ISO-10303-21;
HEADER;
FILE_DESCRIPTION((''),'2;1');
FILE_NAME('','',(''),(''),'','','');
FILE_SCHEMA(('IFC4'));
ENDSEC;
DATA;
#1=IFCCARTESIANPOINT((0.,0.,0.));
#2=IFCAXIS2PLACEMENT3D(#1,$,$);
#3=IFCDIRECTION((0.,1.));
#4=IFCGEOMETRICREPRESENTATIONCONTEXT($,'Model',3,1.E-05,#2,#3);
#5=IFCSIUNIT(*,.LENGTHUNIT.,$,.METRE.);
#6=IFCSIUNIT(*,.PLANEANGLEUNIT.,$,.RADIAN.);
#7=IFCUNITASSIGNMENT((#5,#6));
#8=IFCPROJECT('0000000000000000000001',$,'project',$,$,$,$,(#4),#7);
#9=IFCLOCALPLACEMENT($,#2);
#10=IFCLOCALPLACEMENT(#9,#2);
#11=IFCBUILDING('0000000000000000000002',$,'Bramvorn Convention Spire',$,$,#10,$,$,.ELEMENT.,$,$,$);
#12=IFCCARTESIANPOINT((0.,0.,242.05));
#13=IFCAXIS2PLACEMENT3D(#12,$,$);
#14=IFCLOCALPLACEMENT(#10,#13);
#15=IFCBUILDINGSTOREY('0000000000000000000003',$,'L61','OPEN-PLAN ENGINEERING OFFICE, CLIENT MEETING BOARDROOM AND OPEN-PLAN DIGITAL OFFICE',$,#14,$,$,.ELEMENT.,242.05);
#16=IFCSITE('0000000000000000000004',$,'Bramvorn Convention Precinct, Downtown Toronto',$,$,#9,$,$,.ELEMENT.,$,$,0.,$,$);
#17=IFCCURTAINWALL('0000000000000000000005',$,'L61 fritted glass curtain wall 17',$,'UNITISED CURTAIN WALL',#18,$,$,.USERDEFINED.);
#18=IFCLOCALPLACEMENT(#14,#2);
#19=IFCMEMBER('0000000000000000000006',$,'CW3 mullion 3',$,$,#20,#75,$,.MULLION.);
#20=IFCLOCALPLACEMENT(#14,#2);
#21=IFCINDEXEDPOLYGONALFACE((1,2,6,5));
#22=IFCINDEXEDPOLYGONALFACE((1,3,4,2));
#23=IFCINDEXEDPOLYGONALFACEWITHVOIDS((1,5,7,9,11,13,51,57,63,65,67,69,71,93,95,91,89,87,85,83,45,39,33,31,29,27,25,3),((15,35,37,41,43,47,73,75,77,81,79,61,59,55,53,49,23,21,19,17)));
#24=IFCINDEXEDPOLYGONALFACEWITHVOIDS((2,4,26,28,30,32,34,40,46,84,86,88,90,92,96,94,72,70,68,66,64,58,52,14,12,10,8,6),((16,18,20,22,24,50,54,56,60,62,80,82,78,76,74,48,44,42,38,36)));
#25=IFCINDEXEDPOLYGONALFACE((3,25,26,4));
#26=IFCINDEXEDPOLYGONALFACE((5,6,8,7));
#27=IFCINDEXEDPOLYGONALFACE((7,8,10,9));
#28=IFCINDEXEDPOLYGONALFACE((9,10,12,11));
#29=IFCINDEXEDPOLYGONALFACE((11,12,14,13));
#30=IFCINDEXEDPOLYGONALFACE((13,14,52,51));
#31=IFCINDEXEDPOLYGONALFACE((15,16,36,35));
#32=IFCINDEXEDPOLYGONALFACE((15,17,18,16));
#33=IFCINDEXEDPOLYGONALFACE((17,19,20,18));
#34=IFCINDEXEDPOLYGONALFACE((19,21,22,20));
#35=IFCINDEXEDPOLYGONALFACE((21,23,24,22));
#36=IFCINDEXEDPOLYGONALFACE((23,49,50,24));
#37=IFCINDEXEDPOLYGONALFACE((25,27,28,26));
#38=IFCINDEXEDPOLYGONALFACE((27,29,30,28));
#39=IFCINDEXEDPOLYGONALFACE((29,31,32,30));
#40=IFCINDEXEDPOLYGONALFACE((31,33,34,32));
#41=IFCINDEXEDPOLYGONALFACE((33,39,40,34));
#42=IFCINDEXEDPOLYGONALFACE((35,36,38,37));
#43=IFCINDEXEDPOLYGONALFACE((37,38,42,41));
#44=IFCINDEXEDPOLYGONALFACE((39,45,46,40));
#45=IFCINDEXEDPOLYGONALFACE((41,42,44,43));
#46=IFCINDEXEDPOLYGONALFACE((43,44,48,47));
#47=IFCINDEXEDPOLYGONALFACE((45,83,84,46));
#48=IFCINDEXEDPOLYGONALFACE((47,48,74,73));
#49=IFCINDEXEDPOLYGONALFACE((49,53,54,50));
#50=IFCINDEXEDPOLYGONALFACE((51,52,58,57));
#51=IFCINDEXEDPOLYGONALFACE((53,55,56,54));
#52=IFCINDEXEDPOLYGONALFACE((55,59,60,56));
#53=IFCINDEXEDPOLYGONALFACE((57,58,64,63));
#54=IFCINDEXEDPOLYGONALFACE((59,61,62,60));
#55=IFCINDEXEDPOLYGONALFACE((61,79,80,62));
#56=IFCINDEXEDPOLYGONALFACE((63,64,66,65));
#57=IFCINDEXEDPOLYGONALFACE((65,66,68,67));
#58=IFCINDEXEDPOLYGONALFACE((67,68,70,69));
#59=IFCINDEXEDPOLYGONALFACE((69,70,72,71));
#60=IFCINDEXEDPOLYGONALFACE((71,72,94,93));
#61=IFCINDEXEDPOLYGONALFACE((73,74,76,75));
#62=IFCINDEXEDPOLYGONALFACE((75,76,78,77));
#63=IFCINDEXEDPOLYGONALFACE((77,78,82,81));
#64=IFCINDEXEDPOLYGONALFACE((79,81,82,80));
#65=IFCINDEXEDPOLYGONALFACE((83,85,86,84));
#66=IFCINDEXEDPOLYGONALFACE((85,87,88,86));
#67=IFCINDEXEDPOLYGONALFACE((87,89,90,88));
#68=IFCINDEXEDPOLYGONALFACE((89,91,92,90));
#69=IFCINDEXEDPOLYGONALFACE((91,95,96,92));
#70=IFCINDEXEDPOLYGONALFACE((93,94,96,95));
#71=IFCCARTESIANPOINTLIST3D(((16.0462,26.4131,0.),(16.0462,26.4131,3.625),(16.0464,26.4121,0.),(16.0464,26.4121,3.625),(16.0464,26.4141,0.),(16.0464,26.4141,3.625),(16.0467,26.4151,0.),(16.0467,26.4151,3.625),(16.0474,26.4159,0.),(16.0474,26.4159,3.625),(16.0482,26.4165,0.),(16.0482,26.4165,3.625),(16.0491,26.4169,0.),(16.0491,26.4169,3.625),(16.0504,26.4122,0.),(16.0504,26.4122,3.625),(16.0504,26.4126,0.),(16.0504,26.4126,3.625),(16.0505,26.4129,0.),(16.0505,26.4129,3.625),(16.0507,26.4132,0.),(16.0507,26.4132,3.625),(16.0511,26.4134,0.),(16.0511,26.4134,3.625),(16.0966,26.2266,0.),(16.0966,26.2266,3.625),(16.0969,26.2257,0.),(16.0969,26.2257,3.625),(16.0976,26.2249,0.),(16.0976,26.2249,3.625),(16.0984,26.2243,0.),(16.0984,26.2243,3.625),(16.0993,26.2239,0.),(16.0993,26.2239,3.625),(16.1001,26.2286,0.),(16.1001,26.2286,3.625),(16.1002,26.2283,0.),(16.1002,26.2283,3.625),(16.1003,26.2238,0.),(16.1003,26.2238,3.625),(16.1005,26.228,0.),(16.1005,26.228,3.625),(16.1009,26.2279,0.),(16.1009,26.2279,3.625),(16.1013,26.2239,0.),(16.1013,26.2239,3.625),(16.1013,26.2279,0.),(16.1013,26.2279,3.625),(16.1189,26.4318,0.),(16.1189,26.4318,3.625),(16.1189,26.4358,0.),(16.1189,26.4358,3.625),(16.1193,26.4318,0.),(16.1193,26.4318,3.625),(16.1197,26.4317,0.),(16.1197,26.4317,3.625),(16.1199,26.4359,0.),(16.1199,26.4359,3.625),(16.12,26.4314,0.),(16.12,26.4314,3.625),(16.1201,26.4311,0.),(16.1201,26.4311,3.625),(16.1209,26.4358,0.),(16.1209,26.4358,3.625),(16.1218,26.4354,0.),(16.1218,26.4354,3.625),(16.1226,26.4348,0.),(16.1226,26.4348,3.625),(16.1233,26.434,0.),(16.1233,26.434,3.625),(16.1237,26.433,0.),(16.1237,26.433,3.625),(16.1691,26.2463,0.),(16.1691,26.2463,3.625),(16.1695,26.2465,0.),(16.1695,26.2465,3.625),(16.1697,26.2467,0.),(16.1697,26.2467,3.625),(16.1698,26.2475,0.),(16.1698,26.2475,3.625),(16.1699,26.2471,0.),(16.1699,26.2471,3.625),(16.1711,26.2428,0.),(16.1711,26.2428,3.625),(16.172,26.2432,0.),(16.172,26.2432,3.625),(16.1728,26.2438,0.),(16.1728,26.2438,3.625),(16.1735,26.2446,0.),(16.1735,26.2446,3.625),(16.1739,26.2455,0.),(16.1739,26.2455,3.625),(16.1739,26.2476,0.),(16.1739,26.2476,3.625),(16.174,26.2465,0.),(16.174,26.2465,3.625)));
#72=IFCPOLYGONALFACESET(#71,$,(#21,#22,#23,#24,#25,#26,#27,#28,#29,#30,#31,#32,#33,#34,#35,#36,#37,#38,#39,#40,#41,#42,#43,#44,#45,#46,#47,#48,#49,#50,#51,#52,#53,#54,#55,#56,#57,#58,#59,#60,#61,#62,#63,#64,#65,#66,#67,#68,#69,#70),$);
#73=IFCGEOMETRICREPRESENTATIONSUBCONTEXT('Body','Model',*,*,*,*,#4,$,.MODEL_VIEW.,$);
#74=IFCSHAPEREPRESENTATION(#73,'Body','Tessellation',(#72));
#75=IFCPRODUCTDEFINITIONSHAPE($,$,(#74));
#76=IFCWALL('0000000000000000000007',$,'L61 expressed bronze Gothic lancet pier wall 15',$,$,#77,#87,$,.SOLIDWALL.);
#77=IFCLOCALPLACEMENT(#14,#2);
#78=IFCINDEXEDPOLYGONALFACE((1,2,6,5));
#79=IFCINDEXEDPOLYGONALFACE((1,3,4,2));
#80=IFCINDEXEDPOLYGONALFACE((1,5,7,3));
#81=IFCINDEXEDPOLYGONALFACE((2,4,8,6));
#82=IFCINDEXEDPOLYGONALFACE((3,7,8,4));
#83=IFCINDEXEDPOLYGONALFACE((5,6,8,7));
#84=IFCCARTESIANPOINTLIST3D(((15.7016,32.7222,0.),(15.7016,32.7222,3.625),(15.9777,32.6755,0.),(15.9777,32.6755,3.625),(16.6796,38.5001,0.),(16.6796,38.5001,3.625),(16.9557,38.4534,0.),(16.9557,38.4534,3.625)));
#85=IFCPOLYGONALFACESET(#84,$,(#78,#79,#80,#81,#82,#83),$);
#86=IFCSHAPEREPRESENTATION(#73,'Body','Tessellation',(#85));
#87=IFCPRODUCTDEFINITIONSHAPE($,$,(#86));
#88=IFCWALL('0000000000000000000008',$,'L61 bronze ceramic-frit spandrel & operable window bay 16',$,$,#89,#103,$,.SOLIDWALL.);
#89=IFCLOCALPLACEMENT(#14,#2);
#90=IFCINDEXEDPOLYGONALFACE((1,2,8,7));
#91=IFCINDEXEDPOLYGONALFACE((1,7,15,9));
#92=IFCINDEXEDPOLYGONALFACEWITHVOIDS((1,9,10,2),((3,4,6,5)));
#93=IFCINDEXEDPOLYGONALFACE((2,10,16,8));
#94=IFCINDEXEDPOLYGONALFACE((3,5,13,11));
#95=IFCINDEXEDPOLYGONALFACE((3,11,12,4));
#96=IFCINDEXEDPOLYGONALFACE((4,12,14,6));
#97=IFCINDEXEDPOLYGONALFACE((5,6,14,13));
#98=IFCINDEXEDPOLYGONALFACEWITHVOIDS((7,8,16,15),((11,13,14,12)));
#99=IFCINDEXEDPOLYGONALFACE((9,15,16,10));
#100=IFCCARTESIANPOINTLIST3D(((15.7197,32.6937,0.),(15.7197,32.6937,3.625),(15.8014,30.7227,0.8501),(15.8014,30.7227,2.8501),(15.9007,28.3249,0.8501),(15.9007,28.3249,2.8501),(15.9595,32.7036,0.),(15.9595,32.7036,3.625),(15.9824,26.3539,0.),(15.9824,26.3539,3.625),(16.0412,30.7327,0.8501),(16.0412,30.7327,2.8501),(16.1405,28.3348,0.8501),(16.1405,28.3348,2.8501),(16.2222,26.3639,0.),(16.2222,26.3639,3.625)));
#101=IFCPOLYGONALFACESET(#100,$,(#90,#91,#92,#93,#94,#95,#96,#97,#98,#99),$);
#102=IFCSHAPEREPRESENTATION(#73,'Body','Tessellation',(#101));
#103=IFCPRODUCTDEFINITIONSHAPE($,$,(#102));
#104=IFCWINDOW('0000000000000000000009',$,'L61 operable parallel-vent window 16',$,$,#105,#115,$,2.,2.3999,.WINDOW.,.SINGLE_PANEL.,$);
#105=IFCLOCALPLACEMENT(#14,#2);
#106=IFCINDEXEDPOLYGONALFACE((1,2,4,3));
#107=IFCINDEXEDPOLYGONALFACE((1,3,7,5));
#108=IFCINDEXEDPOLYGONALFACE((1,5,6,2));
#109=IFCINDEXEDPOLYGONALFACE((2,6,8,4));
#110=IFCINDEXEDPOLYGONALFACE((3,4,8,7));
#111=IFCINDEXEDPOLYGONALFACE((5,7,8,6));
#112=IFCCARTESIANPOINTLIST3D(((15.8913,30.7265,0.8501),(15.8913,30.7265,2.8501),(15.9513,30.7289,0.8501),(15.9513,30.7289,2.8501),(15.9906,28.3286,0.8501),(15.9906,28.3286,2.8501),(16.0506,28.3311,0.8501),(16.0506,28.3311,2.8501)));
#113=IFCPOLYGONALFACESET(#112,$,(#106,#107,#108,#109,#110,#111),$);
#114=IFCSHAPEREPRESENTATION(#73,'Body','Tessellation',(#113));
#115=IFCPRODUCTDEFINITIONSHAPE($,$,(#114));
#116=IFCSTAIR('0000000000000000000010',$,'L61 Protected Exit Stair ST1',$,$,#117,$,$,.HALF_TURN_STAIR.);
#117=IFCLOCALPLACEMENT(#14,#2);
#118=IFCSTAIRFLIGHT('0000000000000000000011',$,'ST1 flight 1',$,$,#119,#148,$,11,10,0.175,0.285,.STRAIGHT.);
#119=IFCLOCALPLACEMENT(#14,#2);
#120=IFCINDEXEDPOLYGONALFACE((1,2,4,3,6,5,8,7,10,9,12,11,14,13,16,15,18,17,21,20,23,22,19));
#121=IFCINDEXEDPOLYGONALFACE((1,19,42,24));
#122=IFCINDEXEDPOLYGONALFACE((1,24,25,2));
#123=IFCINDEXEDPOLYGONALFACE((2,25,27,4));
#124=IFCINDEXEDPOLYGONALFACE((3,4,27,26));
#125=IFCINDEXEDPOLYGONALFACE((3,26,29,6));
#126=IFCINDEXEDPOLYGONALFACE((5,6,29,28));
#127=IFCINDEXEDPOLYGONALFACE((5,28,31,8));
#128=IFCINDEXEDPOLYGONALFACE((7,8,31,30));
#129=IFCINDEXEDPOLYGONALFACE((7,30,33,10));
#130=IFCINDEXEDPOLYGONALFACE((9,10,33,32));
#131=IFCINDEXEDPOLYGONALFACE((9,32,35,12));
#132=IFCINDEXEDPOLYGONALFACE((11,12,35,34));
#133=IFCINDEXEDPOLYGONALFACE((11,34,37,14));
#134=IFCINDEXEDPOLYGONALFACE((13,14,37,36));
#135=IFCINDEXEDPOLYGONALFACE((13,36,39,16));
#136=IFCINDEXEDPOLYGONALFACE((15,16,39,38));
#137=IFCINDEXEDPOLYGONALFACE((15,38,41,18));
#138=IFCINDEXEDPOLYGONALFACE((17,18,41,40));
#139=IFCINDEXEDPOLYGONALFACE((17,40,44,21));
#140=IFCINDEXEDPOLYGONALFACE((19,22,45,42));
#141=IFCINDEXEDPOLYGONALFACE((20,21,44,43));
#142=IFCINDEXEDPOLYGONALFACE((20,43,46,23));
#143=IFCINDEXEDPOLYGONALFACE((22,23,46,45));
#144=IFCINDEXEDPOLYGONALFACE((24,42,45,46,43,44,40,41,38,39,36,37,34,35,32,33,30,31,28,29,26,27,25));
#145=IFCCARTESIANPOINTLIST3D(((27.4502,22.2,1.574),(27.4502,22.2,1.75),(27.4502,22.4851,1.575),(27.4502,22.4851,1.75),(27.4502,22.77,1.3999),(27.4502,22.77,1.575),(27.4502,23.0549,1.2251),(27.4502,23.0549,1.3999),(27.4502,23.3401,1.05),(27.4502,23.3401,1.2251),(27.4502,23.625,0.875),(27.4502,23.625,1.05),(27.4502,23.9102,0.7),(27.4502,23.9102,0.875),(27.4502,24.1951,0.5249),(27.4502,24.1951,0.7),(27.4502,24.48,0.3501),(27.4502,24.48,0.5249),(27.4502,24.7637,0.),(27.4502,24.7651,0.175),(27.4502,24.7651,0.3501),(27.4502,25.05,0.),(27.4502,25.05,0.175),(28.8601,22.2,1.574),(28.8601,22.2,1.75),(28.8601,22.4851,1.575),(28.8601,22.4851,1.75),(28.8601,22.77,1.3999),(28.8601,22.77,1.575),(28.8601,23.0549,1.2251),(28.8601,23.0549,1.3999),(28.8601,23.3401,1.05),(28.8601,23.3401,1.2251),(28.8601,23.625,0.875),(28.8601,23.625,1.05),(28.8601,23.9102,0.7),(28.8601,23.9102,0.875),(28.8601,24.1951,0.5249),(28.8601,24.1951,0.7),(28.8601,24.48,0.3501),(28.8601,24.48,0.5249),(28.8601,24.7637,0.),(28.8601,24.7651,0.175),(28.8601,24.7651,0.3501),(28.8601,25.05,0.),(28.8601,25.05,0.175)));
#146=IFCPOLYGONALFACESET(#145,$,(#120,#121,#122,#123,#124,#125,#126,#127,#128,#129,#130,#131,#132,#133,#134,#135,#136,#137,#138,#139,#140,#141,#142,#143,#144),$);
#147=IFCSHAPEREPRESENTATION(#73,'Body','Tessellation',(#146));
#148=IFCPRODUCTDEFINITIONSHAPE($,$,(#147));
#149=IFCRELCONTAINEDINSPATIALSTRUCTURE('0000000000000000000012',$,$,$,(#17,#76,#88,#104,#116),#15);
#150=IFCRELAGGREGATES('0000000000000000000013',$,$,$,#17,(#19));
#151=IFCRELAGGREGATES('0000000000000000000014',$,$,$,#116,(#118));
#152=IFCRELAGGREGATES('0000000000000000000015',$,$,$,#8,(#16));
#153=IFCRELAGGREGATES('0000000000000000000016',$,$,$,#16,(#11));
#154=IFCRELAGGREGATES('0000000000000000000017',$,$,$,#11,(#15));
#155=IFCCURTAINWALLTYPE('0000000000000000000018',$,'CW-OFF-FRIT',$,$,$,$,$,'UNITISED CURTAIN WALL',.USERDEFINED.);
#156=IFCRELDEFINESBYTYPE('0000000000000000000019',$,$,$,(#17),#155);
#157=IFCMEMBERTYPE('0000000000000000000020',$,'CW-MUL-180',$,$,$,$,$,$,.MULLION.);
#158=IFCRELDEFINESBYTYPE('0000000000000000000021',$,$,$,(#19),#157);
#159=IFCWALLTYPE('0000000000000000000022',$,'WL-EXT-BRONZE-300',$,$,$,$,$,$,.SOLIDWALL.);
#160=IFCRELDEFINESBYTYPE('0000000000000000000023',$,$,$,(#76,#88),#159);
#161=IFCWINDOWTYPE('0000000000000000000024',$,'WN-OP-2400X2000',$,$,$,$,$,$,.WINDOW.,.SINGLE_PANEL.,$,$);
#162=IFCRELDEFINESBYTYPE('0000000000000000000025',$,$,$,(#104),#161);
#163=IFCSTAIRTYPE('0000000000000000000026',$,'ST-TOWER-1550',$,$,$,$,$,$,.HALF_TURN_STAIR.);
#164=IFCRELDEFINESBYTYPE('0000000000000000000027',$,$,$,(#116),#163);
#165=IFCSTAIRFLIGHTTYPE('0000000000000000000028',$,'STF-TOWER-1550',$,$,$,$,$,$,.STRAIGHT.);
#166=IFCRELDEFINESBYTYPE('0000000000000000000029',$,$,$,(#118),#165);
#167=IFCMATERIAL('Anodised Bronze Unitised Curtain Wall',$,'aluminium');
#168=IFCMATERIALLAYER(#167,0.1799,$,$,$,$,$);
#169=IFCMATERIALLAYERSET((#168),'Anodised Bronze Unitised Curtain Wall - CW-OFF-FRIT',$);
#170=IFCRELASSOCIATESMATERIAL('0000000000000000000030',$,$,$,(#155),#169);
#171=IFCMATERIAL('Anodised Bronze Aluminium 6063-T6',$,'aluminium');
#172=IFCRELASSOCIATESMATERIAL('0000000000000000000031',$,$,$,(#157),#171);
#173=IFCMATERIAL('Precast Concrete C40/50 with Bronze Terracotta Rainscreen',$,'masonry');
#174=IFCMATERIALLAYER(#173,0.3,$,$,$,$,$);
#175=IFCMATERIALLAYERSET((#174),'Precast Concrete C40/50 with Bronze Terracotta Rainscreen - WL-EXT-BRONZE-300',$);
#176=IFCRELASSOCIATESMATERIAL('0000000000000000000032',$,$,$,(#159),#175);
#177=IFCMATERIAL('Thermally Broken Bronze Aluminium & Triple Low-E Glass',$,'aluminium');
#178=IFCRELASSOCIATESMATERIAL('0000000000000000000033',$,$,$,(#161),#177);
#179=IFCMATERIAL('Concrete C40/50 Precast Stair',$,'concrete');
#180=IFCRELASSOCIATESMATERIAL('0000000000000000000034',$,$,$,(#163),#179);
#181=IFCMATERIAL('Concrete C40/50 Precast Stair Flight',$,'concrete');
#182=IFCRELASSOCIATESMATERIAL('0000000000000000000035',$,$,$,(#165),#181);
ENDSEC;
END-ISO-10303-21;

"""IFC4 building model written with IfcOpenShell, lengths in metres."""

from ifc_helpers import new_model, si_unit, direction, frame, frame_2d, origin, origin_2d, place, context, subcontext, project, spatial, polyline, rectangle, hollow_rectangle, outline, extrude, material, layer, layer_set, material_profile, profile_set, type_object, element, fill, aggregate, save


model = new_model("IFC4")

# Units and contexts
model_context = context("Model", 3, precision=1e-05, world=origin(), true_north=direction((0.0, 1.0)))
body_context = subcontext(model_context, "Body", "Model", "MODEL_VIEW")
ifc_project = project(units=[si_unit("LENGTHUNIT", "METRE"), si_unit("PLANEANGLEUNIT", "RADIAN")], contexts=[model_context])

# Site, building, storey
site_placement = place(None, origin())
site = spatial("IfcSite", under=ifc_project, at=site_placement, Name="Bramvorn Convention Precinct, Downtown Toronto", CompositionType="ELEMENT", RefElevation=0.0)
building_placement = place(site_placement, origin())
building = spatial("IfcBuilding", under=site, at=building_placement, Name="Bramvorn Convention Spire", CompositionType="ELEMENT")
storey_placement = place(building_placement, frame((0.0, 0.0, 242.05)))
storey = spatial("IfcBuildingStorey", under=building, at=storey_placement, Name="L61", Description="OPEN-PLAN ENGINEERING OFFICE, CLIENT MEETING BOARDROOM AND OPEN-PLAN DIGITAL OFFICE", CompositionType="ELEMENT", Elevation=242.05)

# Curtain wall, member
ifc_material_1 = material(Name="Anodised Bronze Unitised Curtain Wall", Category="aluminium")
ifc_layer_1 = layer(ifc_material_1, 0.1799)
ifc_layer_set_1 = layer_set([ifc_layer_1], Name="Anodised Bronze Unitised Curtain Wall - CW-OFF-FRIT")
curtain_wall_type = type_object("IfcCurtainWallType", Name="CW-OFF-FRIT", ElementType="UNITISED CURTAIN WALL", PredefinedType="USERDEFINED", material=ifc_layer_set_1)
curtain_wall_placement = place(storey_placement, origin())
curtain_wall = element("IfcCurtainWall", 1, at=curtain_wall_placement, inside=storey, type_object=curtain_wall_type, Name="L61 fritted glass curtain wall 17", ObjectType="UNITISED CURTAIN WALL", PredefinedType="USERDEFINED")
ifc_material_2 = material(Name="Anodised Bronze Aluminium 6063-T6", Category="aluminium")
ifc_material_profile_1 = material_profile(ifc_material_2, hollow_rectangle(XDim=0.0801, YDim=0.2, WallThickness=0.0039, InnerFilletRadius=0.001, OuterFilletRadius=0.0039, at=origin_2d()))
ifc_profile_set_1 = profile_set([ifc_material_profile_1], Name="Anodised Bronze Aluminium 6063-T6 - CWM80X200")
member_type = type_object("IfcMemberType", Name="CW-MUL-180", PredefinedType="MULLION", material=ifc_profile_set_1)
member_placement = place(storey_placement, frame((16.1101, 26.3298, 0.0), z_axis=(0.0, 0.0, 1.0), x_axis=(-0.965282, -0.26121, 0.0)))
member = element("IfcMember", 2, at=member_placement, type_object=member_type, Name="CW3 mullion 3", PredefinedType="MULLION", context=body_context, shape_type="SweptSolid", body=[
    extrude(hollow_rectangle(XDim=0.0801, YDim=0.2, WallThickness=0.0039, InnerFilletRadius=0.001, OuterFilletRadius=0.0039, at=origin_2d()), origin(), (0.0, 0.0, 1.0), 3.625),
])
aggregate(curtain_wall, [member])

# Wall
ifc_material_3 = material(Name="Precast Concrete C40/50 with Bronze Terracotta Rainscreen", Category="masonry")
ifc_layer_2 = layer(ifc_material_3, 0.3)
ifc_layer_set_2 = layer_set([ifc_layer_2], Name="Precast Concrete C40/50 with Bronze Terracotta Rainscreen - WL-EXT-BRONZE-300")
wall_type_1 = type_object("IfcWallType", Name="WL-EXT-BRONZE-300", PredefinedType="SOLIDWALL", material=ifc_layer_set_2)
wall_1_placement = place(storey_placement, frame((15.8396, 32.6987, 0.0), z_axis=(0.0, 0.0, 1.0), x_axis=(0.166898, 0.985974, 0.0)))
element("IfcWall", 3, at=wall_1_placement, inside=storey, type_object=wall_type_1, Name="L61 expressed bronze Gothic lancet pier wall 15", PredefinedType="SOLIDWALL", context=body_context, shape_type="SweptSolid", body=[
    extrude(rectangle(XDim=5.8601, YDim=0.28, at=frame_2d((2.9302, 0.0))), origin(), (0.0, 0.0, 1.0), 3.625),
])

# Wall, opening, window
wall_2_placement = place(storey_placement, frame((16.1023, 26.3589, 0.0), z_axis=(0.0, 0.0, 1.0), x_axis=(-0.0414, 0.999143, 0.0)))
wall_2 = element("IfcWall", 4, at=wall_2_placement, inside=storey, type_object=wall_type_1, Name="L61 bronze ceramic-frit spandrel & operable window bay 16", PredefinedType="SOLIDWALL", context=body_context, shape_type="SweptSolid", body=[
    extrude(rectangle(XDim=6.3452, YDim=0.24, at=frame_2d((3.1726, 0.0))), origin(), (0.0, 0.0, 1.0), 3.625),
])
opening_1_placement = place(wall_2_placement, frame((1.9727, 0.0, 0.8501)))
opening_1 = element("IfcOpeningElement", 5, at=opening_1_placement, cuts=wall_2, PredefinedType="OPENING", context=body_context, shape_type="SweptSolid", body=[
    extrude(rectangle(XDim=2.3999, YDim=2.0, at=frame_2d((1.2, 1.0))), frame((0.0, 0.1299, 0.0), z_axis=(0.0, -1.0, 0.0), x_axis=(1.0, 0.0, 0.0)), (0.0, 0.0, 1.0), 0.26),
])
ifc_material_4 = material(Name="Thermally Broken Bronze Aluminium & Triple Low-E Glass", Category="aluminium")
window_type = type_object("IfcWindowType", Name="WN-OP-2400X2000", PartitioningType="SINGLE_PANEL", PredefinedType="WINDOW", material=ifc_material_4)
window_placement = place(opening_1_placement, origin())
window = element("IfcWindow", 6, at=window_placement, inside=storey, type_object=window_type, Name="L61 operable parallel-vent window 16", OverallHeight=2.0, OverallWidth=2.3999, PartitioningType="SINGLE_PANEL", PredefinedType="WINDOW", context=body_context, shape_type="SweptSolid", body=[
    extrude(rectangle(XDim=2.3999, YDim=2.0, at=frame_2d((1.2, 1.0))), frame((0.0, 0.03, 0.0), z_axis=(0.0, -1.0, 0.0), x_axis=(1.0, 0.0, 0.0)), (0.0, 0.0, 1.0), 0.0601),
])
fill(opening_1, window)

# Stair, stair flight
ifc_material_5 = material(Name="Concrete C40/50 Precast Stair", Category="concrete")
stair_type = type_object("IfcStairType", Name="ST-TOWER-1550", PredefinedType="HALF_TURN_STAIR", material=ifc_material_5)
stair_placement = place(storey_placement, origin())
stair = element("IfcStair", 7, at=stair_placement, inside=storey, type_object=stair_type, Name="L61 Protected Exit Stair ST1", PredefinedType="HALF_TURN_STAIR")
ifc_material_6 = material(Name="Concrete C40/50 Precast Stair Flight", Category="concrete")
stair_flight_type = type_object("IfcStairFlightType", Name="STF-TOWER-1550", PredefinedType="STRAIGHT", material=ifc_material_6)
stair_flight_placement = place(storey_placement, frame((28.155, 25.05, 0.0), z_axis=(0.0, 0.0, 1.0), x_axis=(0.0, -1.0, 0.0)))
stair_flight = element("IfcStairFlight", 8, at=stair_flight_placement, type_object=stair_flight_type, Name="ST1 flight 1", NumberOfRisers=11, NumberOfTreads=10, PredefinedType="STRAIGHT", RiserHeight=0.175, TreadLength=0.285, context=body_context, shape_type="SweptSolid", body=[
    extrude(outline(polyline([(0.0, 0.0), (0.0, 0.175), (0.2849, 0.175), (0.2849, 0.3501), (0.5701, 0.3501), (0.5701, 0.5249), (0.855, 0.5249), (0.855, 0.7), (1.1399, 0.7), (1.1399, 0.875), (1.425, 0.875), (1.425, 1.05), (1.71, 1.05), (1.71, 1.2251), (1.9951, 1.2251), (1.9951, 1.3999), (2.28, 1.3999), (2.28, 1.575), (2.5649, 1.575), (2.5649, 1.75), (2.8501, 1.75), (2.8501, 1.925), (2.8501, 1.574), (0.2864, 0.0), (0.0, 0.0)])), frame((0.0, 0.7051, 0.0), z_axis=(0.0, -1.0, 0.0), x_axis=(1.0, 0.0, 0.0)), (0.0, 0.0, 1.0), 1.4099),
])
aggregate(stair, [stair_flight])

save(model, "model.ifc")
